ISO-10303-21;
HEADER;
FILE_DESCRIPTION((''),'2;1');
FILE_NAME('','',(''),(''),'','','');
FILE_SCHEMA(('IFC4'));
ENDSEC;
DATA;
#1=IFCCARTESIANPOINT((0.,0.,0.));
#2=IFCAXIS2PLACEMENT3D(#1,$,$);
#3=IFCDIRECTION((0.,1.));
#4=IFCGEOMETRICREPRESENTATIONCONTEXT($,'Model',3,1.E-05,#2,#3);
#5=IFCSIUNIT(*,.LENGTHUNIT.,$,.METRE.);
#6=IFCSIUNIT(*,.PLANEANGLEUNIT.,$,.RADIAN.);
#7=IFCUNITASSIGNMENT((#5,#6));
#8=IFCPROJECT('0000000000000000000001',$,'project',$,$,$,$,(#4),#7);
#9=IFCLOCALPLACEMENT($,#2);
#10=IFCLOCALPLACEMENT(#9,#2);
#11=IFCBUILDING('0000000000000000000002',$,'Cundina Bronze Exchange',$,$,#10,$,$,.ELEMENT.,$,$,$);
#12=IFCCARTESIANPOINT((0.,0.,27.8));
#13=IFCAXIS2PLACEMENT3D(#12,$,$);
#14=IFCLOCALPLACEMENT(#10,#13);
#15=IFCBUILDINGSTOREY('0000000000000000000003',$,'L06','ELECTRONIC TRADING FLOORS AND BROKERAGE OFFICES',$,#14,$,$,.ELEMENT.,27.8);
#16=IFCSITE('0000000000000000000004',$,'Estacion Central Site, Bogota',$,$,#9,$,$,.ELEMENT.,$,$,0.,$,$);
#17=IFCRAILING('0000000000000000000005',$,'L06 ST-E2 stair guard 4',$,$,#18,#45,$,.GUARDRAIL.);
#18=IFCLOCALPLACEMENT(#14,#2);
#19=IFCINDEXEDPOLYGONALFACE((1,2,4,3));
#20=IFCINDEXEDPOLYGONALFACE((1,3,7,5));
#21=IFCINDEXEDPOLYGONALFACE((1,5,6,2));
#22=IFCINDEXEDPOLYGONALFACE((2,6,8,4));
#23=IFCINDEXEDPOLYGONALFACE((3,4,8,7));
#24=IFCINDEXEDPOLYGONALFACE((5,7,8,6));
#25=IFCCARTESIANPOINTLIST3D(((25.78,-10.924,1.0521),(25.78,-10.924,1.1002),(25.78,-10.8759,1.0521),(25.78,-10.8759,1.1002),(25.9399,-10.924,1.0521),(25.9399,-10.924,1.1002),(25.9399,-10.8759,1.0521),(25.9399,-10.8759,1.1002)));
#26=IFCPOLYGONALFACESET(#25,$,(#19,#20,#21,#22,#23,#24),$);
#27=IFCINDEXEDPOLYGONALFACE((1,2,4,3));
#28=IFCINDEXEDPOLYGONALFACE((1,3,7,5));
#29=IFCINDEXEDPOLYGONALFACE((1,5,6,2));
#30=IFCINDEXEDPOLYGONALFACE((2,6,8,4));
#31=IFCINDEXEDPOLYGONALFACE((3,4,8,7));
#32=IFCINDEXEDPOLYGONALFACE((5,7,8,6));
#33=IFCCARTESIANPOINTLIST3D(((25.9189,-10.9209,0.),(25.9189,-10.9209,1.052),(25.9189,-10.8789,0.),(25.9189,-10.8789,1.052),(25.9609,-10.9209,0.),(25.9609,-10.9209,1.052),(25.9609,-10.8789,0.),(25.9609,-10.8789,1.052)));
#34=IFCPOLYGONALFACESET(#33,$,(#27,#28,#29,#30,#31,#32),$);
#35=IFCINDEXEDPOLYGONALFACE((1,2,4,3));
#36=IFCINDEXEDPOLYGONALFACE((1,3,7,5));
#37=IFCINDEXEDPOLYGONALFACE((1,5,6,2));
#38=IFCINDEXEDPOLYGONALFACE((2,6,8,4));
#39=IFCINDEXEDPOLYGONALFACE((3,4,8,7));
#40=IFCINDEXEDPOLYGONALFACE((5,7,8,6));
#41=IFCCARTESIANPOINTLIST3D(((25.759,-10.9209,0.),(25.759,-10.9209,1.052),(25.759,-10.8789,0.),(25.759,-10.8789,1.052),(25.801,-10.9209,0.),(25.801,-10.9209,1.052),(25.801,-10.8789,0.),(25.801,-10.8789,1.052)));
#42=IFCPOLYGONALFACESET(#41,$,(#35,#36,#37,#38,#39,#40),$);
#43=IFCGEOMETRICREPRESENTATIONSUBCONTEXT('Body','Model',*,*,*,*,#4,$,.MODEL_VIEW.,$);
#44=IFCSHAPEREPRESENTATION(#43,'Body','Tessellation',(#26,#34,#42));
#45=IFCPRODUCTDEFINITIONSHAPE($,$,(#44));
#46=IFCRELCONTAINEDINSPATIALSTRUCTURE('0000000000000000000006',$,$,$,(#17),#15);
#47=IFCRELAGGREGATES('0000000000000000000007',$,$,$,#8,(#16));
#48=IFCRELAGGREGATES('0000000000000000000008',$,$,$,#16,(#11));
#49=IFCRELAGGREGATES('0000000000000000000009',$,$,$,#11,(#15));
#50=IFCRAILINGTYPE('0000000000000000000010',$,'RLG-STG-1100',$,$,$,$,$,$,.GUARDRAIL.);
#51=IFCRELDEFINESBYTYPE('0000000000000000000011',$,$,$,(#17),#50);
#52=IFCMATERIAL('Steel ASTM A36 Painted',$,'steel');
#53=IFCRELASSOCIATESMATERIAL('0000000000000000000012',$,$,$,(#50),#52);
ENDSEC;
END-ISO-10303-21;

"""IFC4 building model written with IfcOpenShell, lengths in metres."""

from ifc_helpers import new_model, si_unit, direction, frame, origin, origin_2d, place, context, subcontext, project, spatial, rectangle, extrude, material, type_object, element, save


model = new_model("IFC4")

# Units and contexts
model_context = context("Model", 3, precision=1e-05, world=origin(), true_north=direction((0.0, 1.0)))
body_context = subcontext(model_context, "Body", "Model", "MODEL_VIEW")
ifc_project = project(units=[si_unit("LENGTHUNIT", "METRE"), si_unit("PLANEANGLEUNIT", "RADIAN")], contexts=[model_context])

# Site, building, storey
site_placement = place(None, origin())
site = spatial("IfcSite", under=ifc_project, at=site_placement, Name="Estacion Central Site, Bogota", CompositionType="ELEMENT", RefElevation=0.0)
building_placement = place(site_placement, origin())
building = spatial("IfcBuilding", under=site, at=building_placement, Name="Cundina Bronze Exchange", CompositionType="ELEMENT")
storey_placement = place(building_placement, frame((0.0, 0.0, 27.8)))
storey = spatial("IfcBuildingStorey", under=building, at=storey_placement, Name="L06", Description="ELECTRONIC TRADING FLOORS AND BROKERAGE OFFICES", CompositionType="ELEMENT", Elevation=27.8)

# Shared definitions
ifc_material_1 = material(Name="Steel ASTM A36 Painted", Category="steel")

# Railing
railing_type_1 = type_object("IfcRailingType", Name="RLG-STG-1100", PredefinedType="GUARDRAIL", material=ifc_material_1)
railing_1_placement = place(storey_placement, frame((25.9399, -10.8999, 0.0)))
element("IfcRailing", 1, at=railing_1_placement, inside=storey, type_object=railing_type_1, Name="L06 ST-E2 stair guard 4", PredefinedType="GUARDRAIL", context=body_context, shape_type="SweptSolid", body=[
    extrude(rectangle(XDim=0.0481, YDim=0.0481, at=origin_2d()), frame((0.0, 0.0, 1.0762), z_axis=(-1.0, 0.0, 0.0), x_axis=(0.0, -1.0, 0.0)), (0.0, 0.0, 1.0), 0.1599),
    extrude(rectangle(XDim=0.042, YDim=0.042, at=origin_2d()), origin(), (0.0, 0.0, 1.0), 1.052),
    extrude(rectangle(XDim=0.042, YDim=0.042, at=origin_2d()), frame((-0.1599, 0.0, 0.0)), (0.0, 0.0, 1.0), 1.052),
])

save(model, "model.ifc")
